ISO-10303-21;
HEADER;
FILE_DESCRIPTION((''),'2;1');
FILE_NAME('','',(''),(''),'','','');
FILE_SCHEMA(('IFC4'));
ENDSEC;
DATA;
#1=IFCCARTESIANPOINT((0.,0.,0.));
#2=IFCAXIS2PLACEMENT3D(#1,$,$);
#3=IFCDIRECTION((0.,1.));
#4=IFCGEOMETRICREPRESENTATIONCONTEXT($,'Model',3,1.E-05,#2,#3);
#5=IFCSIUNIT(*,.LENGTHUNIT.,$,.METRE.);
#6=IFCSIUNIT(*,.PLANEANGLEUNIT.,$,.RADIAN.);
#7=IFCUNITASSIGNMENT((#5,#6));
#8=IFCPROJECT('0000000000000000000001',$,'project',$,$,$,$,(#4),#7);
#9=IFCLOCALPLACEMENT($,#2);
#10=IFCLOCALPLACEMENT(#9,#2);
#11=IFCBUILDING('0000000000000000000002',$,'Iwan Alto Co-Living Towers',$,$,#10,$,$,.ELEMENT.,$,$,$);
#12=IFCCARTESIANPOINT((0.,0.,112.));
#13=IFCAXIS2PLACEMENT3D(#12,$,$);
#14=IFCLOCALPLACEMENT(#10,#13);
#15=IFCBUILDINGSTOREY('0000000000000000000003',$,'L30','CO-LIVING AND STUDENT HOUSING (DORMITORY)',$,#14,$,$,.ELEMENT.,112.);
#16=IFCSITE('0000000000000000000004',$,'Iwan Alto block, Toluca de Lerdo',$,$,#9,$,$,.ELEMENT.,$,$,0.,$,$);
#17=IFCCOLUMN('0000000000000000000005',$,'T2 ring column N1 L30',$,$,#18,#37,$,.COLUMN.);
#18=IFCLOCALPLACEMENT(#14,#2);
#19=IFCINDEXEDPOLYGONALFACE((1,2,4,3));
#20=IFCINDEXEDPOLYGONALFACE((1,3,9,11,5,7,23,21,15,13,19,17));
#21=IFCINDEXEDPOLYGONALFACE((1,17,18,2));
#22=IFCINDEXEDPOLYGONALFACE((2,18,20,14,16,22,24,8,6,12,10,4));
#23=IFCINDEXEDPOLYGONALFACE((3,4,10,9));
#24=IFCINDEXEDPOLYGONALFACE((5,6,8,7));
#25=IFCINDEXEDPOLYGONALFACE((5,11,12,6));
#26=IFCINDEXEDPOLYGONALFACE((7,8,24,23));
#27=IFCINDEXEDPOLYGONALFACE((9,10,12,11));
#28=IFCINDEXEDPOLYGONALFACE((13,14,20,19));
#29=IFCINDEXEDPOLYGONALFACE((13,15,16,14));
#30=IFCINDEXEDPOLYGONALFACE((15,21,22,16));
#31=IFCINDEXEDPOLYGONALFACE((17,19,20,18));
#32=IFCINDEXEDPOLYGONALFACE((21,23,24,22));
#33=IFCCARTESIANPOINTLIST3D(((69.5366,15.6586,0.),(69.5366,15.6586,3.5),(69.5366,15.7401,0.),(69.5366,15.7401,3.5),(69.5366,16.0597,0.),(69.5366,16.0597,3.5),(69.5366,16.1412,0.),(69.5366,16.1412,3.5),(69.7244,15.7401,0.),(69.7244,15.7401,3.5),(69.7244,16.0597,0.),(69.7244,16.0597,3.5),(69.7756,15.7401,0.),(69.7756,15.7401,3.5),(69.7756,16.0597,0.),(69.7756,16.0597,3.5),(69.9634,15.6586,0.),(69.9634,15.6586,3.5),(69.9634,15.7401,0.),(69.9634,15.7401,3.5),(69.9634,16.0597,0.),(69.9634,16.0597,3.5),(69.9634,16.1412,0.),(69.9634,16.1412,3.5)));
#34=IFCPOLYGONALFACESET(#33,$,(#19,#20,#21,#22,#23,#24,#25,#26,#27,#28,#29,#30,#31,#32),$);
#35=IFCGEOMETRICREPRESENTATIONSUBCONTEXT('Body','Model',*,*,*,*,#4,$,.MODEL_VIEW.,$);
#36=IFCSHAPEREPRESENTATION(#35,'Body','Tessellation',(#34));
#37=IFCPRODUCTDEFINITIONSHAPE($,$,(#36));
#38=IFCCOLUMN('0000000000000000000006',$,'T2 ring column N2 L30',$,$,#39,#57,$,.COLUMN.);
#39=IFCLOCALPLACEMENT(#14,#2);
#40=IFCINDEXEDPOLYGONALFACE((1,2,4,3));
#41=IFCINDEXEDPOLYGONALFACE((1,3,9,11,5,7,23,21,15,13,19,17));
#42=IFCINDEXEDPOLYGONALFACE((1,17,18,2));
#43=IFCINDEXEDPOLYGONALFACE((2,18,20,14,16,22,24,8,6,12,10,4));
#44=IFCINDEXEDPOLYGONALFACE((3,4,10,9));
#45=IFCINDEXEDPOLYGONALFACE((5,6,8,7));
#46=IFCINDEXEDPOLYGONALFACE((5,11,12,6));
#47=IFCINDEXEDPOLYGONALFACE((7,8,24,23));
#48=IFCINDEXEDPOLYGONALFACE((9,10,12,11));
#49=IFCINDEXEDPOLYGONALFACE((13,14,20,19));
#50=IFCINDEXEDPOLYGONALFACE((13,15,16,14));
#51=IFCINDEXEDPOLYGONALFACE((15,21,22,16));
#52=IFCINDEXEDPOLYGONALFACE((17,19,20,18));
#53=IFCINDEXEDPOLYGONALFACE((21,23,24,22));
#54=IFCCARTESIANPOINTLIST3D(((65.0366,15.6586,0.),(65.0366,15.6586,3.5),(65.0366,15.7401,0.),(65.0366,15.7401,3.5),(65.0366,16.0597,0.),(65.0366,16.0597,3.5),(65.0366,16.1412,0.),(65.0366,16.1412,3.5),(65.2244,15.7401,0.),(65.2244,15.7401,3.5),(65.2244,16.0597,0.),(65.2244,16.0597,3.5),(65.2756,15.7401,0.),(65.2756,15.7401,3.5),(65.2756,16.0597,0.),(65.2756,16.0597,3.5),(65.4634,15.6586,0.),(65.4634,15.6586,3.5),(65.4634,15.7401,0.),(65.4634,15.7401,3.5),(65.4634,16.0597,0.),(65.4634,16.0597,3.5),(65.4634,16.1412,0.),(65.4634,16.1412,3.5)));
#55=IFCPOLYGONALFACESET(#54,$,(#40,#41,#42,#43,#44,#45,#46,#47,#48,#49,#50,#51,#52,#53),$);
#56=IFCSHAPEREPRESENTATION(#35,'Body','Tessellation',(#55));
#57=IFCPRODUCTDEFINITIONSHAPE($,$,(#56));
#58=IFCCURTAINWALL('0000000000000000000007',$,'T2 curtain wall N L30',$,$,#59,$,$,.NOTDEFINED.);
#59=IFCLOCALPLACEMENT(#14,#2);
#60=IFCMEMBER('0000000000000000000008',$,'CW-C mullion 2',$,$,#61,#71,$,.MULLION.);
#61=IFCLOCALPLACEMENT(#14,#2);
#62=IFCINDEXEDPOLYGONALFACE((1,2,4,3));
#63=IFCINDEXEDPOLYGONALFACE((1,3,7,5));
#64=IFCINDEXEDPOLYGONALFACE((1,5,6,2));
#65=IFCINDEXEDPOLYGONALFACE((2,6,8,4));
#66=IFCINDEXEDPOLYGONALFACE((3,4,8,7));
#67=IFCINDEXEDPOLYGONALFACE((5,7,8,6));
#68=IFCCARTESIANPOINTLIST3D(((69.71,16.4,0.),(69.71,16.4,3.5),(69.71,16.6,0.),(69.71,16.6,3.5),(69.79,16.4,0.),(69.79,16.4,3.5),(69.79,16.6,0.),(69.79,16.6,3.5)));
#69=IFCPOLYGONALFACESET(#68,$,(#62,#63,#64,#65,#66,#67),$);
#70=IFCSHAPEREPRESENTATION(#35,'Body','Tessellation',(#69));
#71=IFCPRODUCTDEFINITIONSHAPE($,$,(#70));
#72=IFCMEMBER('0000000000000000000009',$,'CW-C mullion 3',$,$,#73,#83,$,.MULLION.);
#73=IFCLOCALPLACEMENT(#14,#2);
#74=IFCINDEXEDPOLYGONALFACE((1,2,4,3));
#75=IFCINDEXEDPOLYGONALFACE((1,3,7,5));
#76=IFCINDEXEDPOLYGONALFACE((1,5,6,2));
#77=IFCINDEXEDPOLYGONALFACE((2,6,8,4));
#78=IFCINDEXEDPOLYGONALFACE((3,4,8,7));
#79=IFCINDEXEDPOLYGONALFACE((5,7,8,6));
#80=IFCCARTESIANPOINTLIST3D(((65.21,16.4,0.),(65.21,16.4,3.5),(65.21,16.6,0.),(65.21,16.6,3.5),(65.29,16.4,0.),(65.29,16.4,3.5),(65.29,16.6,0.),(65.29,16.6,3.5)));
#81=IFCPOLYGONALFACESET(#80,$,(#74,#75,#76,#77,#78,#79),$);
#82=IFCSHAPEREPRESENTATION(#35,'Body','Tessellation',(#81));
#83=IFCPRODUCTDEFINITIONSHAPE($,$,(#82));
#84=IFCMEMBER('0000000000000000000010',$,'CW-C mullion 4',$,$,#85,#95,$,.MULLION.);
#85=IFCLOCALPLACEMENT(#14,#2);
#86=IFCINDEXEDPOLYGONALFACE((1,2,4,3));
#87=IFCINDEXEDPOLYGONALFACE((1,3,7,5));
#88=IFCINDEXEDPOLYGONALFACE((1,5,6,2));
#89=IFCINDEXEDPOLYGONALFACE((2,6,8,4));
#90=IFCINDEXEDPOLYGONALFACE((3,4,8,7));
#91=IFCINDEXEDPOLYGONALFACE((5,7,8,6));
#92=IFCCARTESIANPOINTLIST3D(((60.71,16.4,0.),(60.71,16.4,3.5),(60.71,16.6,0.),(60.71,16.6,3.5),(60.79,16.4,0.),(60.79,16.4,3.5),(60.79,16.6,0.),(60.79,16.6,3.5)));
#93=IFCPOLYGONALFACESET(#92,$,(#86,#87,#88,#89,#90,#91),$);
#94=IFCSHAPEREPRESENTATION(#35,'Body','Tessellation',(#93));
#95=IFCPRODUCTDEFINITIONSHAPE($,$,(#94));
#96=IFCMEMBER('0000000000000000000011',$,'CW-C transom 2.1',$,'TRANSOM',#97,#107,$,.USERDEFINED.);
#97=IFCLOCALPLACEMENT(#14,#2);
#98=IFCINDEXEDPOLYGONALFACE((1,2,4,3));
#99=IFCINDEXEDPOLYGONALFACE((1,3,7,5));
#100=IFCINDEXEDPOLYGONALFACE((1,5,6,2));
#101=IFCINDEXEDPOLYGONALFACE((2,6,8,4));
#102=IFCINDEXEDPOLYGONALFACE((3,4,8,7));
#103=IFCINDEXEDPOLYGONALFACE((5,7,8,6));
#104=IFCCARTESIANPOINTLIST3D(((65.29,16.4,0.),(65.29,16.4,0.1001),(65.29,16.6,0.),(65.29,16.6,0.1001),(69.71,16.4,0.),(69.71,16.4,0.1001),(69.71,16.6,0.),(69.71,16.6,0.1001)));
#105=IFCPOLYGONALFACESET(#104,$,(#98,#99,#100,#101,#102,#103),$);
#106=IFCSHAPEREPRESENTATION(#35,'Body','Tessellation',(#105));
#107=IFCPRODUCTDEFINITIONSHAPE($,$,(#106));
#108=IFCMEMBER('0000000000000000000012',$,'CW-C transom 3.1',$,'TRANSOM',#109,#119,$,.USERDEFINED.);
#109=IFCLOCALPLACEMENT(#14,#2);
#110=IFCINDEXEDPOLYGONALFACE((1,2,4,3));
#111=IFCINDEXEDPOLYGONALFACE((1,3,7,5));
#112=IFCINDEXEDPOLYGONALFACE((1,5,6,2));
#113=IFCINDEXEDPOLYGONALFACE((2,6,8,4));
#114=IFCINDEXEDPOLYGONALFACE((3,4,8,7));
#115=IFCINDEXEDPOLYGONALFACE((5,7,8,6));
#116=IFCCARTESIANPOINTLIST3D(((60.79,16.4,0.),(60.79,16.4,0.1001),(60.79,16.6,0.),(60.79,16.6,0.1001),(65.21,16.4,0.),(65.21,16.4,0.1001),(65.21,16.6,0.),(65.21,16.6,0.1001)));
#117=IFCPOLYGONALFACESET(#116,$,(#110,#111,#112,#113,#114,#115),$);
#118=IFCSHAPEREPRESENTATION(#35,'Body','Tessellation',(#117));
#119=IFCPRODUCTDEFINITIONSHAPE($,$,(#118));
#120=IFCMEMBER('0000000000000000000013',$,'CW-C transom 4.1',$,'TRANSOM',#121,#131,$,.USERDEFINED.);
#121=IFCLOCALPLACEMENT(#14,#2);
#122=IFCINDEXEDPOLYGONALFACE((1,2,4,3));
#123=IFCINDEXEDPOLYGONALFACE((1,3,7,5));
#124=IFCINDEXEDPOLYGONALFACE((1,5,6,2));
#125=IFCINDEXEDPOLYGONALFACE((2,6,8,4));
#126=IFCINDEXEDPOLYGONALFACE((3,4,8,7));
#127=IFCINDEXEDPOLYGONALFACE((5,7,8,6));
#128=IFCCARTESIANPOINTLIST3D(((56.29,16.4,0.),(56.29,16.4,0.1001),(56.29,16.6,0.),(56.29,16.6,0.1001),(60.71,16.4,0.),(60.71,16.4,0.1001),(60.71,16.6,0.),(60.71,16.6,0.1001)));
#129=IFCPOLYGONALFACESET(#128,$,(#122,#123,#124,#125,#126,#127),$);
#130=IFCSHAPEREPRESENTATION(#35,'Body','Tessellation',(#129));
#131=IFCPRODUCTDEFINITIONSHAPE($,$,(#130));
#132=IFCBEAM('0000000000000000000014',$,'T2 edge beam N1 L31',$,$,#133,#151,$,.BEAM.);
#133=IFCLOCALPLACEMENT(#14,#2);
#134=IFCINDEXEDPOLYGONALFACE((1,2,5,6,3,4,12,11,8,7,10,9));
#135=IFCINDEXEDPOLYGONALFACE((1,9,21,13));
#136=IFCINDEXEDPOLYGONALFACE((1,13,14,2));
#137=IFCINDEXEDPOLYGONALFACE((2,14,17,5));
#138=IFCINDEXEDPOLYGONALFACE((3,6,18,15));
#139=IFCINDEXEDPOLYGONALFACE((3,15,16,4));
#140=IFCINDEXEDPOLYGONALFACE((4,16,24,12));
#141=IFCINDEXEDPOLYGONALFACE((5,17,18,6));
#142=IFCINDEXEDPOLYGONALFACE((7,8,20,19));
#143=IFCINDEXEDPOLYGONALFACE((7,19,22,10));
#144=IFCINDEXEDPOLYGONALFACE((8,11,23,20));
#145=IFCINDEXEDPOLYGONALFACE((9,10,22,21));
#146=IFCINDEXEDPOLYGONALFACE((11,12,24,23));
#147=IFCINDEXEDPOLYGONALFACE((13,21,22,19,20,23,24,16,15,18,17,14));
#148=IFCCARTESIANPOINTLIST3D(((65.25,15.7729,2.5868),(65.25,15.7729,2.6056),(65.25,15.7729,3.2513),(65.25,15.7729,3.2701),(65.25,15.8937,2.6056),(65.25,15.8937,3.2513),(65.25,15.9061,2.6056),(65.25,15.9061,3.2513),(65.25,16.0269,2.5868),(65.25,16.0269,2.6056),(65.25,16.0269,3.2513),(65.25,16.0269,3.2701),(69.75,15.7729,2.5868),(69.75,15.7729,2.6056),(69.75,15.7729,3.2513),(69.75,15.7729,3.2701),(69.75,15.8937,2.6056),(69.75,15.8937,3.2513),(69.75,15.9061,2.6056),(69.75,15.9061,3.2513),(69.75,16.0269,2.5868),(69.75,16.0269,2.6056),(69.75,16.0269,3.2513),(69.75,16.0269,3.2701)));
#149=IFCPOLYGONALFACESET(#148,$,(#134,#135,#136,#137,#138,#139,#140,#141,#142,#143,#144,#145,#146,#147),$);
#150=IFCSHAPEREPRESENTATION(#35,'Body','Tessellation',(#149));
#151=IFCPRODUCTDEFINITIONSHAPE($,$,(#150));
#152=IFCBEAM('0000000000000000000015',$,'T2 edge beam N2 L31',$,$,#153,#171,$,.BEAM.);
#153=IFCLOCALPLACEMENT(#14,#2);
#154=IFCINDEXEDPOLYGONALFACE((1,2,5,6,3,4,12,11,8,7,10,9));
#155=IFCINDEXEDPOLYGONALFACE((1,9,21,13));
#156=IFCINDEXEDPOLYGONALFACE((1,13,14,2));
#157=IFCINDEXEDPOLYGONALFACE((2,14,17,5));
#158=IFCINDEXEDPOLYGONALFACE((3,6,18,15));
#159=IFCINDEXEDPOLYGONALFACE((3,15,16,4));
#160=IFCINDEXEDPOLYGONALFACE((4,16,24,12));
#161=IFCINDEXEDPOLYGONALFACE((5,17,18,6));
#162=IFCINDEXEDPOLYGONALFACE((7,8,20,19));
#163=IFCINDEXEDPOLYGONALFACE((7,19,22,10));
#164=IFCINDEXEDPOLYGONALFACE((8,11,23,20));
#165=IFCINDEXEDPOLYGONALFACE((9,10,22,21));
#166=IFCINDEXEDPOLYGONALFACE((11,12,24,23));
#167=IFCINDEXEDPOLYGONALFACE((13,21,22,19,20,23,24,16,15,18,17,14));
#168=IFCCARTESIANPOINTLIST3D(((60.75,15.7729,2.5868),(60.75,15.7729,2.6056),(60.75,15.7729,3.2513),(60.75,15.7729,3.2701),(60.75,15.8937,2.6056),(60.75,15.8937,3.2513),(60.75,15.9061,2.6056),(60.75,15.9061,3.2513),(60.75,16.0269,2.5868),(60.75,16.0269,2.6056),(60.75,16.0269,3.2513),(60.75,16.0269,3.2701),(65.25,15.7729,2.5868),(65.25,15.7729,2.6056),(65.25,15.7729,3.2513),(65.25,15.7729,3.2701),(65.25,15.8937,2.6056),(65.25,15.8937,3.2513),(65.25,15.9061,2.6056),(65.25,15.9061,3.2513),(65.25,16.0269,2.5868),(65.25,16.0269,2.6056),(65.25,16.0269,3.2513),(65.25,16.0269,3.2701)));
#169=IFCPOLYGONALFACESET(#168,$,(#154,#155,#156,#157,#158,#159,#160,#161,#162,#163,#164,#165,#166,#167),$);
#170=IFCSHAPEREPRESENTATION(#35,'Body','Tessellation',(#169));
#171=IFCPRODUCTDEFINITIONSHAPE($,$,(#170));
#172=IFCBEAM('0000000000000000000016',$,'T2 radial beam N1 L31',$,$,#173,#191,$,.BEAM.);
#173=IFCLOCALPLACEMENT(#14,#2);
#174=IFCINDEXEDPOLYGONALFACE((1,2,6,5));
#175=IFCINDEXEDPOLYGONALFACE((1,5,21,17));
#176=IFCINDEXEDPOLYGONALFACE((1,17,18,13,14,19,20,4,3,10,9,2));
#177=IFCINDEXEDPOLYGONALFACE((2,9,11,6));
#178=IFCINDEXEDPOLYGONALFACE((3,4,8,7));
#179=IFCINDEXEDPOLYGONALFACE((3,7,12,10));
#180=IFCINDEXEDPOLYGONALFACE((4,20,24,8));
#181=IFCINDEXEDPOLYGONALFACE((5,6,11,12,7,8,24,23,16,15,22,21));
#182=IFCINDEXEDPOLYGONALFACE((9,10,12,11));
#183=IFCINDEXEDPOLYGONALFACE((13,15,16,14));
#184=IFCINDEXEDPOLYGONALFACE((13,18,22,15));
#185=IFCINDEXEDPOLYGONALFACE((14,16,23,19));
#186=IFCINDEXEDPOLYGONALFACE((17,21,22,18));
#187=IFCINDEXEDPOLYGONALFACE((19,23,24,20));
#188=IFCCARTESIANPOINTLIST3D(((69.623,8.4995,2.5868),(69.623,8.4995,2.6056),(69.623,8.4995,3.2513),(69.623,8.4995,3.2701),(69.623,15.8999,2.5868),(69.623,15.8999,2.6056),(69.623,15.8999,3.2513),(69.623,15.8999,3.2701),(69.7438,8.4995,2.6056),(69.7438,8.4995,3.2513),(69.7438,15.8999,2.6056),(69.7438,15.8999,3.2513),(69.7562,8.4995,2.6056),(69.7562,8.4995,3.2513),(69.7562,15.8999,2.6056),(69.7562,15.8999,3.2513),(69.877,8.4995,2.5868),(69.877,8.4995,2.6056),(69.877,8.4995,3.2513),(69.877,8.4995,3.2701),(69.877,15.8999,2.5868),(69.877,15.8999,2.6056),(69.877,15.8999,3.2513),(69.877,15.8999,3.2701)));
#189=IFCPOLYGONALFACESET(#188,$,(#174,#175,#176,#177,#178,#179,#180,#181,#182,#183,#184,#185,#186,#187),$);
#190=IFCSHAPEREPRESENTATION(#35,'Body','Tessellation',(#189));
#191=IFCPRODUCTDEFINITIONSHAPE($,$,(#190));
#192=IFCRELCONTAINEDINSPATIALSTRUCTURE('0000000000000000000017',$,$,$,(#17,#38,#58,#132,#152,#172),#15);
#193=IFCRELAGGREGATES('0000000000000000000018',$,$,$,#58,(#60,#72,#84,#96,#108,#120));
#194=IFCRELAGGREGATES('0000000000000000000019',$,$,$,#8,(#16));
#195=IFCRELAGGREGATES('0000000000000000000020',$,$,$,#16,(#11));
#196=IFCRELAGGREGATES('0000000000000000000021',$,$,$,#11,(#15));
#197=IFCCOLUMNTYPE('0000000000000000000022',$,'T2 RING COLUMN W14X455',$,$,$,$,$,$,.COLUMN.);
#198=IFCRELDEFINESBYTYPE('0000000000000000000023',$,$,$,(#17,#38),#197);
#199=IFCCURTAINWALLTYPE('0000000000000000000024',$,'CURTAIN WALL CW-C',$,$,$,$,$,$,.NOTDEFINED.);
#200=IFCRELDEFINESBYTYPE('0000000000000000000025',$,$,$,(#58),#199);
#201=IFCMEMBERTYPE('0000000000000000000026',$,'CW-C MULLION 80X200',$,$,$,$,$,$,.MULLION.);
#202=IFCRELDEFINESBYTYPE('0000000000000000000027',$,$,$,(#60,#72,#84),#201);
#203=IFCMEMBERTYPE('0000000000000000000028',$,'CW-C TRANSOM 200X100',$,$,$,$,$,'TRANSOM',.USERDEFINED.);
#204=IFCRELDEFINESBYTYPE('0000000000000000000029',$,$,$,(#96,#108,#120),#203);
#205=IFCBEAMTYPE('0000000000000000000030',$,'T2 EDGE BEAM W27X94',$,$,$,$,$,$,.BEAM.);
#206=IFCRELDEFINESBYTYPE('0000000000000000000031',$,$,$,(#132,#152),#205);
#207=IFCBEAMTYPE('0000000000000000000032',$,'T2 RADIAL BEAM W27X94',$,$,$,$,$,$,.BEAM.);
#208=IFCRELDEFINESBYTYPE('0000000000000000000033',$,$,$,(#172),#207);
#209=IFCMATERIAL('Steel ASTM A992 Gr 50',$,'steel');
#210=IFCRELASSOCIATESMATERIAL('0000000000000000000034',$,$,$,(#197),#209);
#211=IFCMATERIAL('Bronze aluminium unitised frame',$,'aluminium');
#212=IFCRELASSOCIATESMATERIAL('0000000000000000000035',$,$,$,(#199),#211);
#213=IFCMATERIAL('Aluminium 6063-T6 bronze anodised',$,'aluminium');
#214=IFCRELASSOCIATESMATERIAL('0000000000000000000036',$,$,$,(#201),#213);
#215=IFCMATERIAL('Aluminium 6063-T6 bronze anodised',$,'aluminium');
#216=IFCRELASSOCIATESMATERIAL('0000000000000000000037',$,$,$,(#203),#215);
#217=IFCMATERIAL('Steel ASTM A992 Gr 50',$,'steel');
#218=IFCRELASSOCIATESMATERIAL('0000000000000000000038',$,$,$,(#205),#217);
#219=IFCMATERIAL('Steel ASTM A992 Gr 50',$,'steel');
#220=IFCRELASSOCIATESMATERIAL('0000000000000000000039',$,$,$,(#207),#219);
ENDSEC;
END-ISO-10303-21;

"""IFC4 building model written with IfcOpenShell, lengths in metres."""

from ifc_helpers import new_model, si_unit, direction, frame, origin, origin_2d, place, context, subcontext, project, spatial, rectangle, i_section, extrude, material, material_profile, profile_set, type_object, element, aggregate, save


model = new_model("IFC4")

# Units and contexts
model_context = context("Model", 3, precision=1e-05, world=origin(), true_north=direction((0.0, 1.0)))
body_context = subcontext(model_context, "Body", "Model", "MODEL_VIEW")
ifc_project = project(units=[si_unit("LENGTHUNIT", "METRE"), si_unit("PLANEANGLEUNIT", "RADIAN")], contexts=[model_context])

# Site, building, storey
site_placement = place(None, origin())
site = spatial("IfcSite", under=ifc_project, at=site_placement, Name="Iwan Alto block, Toluca de Lerdo", CompositionType="ELEMENT", RefElevation=0.0)
building_placement = place(site_placement, origin())
building = spatial("IfcBuilding", under=site, at=building_placement, Name="Iwan Alto Co-Living Towers", CompositionType="ELEMENT")
storey_placement = place(building_placement, frame((0.0, 0.0, 112.0)))
storey = spatial("IfcBuildingStorey", under=building, at=storey_placement, Name="L30", Description="CO-LIVING AND STUDENT HOUSING (DORMITORY)", CompositionType="ELEMENT", Elevation=112.0)

# Columns
ifc_material_1 = material(Name="Steel ASTM A992 Gr 50", Category="steel")
ifc_material_profile_1 = material_profile(ifc_material_1, i_section(OverallWidth=0.4268, OverallDepth=0.4827, WebThickness=0.0513, FlangeThickness=0.0815, at=origin_2d()), Name="W14X455")
ifc_profile_set_1 = profile_set([ifc_material_profile_1], Name="Steel ASTM A992 Gr 50")
column_type = type_object("IfcColumnType", Name="T2 RING COLUMN W14X455", PredefinedType="COLUMN", material=ifc_profile_set_1)
for number, where, z_axis, x_axis, name in (
    (1, (69.75, 15.8999, 0.0), (0.0, 0.0, 1.0), (1.0, 0.0, 0.0), "T2 ring column N1 L30"),
    (2, (65.25, 15.8999, 0.0), (0.0, 0.0, 1.0), (1.0, 0.0, 0.0), "T2 ring column N2 L30"),
):
    element("IfcColumn", number, at=place(storey_placement, frame(where, z_axis=z_axis, x_axis=x_axis)), inside=storey, type_object=column_type, Name=name, PredefinedType="COLUMN", context=body_context, shape_type="SweptSolid", body=[
        extrude(i_section(OverallWidth=0.4268, OverallDepth=0.4827, WebThickness=0.0513, FlangeThickness=0.0815, at=origin_2d()), origin(), (0.0, 0.0, 1.0), 3.5),
    ])

# Curtain wall, members
ifc_material_2 = material(Name="Bronze aluminium unitised frame", Category="aluminium")
curtain_wall_type = type_object("IfcCurtainWallType", Name="CURTAIN WALL CW-C", PredefinedType="NOTDEFINED", material=ifc_material_2)
curtain_wall_placement = place(storey_placement, origin())
curtain_wall = element("IfcCurtainWall", 3, at=curtain_wall_placement, inside=storey, type_object=curtain_wall_type, Name="T2 curtain wall N L30", PredefinedType="NOTDEFINED")
ifc_material_3 = material(Name="Aluminium 6063-T6 bronze anodised", Category="aluminium")
ifc_material_profile_2 = material_profile(ifc_material_3, rectangle(XDim=0.2, YDim=0.0801, at=origin_2d()), Name="AL 80X200")
ifc_profile_set_2 = profile_set([ifc_material_profile_2], Name="Aluminium 6063-T6 bronze anodised")
member_type_1 = type_object("IfcMemberType", Name="CW-C MULLION 80X200", PredefinedType="MULLION", material=ifc_profile_set_2)
member_1_placement = place(storey_placement, frame((69.75, 16.5, 0.0), z_axis=(0.0, 0.0, 1.0), x_axis=(0.0, -1.0, 0.0)))
member_1 = element("IfcMember", 4, at=member_1_placement, type_object=member_type_1, Name="CW-C mullion 2", PredefinedType="MULLION", context=body_context, shape_type="SweptSolid", body=[
    extrude(rectangle(XDim=0.2, YDim=0.0801, at=origin_2d()), origin(), (0.0, 0.0, 1.0), 3.5),
])
member_2_placement = place(storey_placement, frame((65.25, 16.5, 0.0), z_axis=(0.0, 0.0, 1.0), x_axis=(0.0, -1.0, 0.0)))
member_2 = element("IfcMember", 5, at=member_2_placement, type_object=member_type_1, Name="CW-C mullion 3", PredefinedType="MULLION", context=body_context, shape_type="SweptSolid", body=[
    extrude(rectangle(XDim=0.2, YDim=0.0801, at=origin_2d()), origin(), (0.0, 0.0, 1.0), 3.5),
])
member_3_placement = place(storey_placement, frame((60.75, 16.5, 0.0), z_axis=(0.0, 0.0, 1.0), x_axis=(0.0, -1.0, 0.0)))
member_3 = element("IfcMember", 6, at=member_3_placement, type_object=member_type_1, Name="CW-C mullion 4", PredefinedType="MULLION", context=body_context, shape_type="SweptSolid", body=[
    extrude(rectangle(XDim=0.2, YDim=0.0801, at=origin_2d()), origin(), (0.0, 0.0, 1.0), 3.5),
])
ifc_material_4 = material(Name="Aluminium 6063-T6 bronze anodised", Category="aluminium")
ifc_material_profile_3 = material_profile(ifc_material_4, rectangle(XDim=0.2, YDim=0.1001, at=origin_2d()), Name="AL 200X100")
ifc_profile_set_3 = profile_set([ifc_material_profile_3], Name="Aluminium 6063-T6 bronze anodised")
member_type_2 = type_object("IfcMemberType", Name="CW-C TRANSOM 200X100", ElementType="TRANSOM", PredefinedType="USERDEFINED", material=ifc_profile_set_3)
member_4_placement = place(storey_placement, frame((69.71, 16.5, 0.05), z_axis=(-1.0, 0.0, 0.0), x_axis=(0.0, -1.0, 0.0)))
member_4 = element("IfcMember", 7, at=member_4_placement, type_object=member_type_2, Name="CW-C transom 2.1", ObjectType="TRANSOM", PredefinedType="USERDEFINED", context=body_context, shape_type="SweptSolid", body=[
    extrude(rectangle(XDim=0.2, YDim=0.1001, at=origin_2d()), origin(), (0.0, 0.0, 1.0), 4.4199),
])
member_5_placement = place(storey_placement, frame((65.21, 16.5, 0.05), z_axis=(-1.0, 0.0, 0.0), x_axis=(0.0, -1.0, 0.0)))
member_5 = element("IfcMember", 8, at=member_5_placement, type_object=member_type_2, Name="CW-C transom 3.1", ObjectType="TRANSOM", PredefinedType="USERDEFINED", context=body_context, shape_type="SweptSolid", body=[
    extrude(rectangle(XDim=0.2, YDim=0.1001, at=origin_2d()), origin(), (0.0, 0.0, 1.0), 4.4199),
])
member_6_placement = place(storey_placement, frame((60.71, 16.5, 0.05), z_axis=(-1.0, 0.0, 0.0), x_axis=(0.0, -1.0, 0.0)))
member_6 = element("IfcMember", 9, at=member_6_placement, type_object=member_type_2, Name="CW-C transom 4.1", ObjectType="TRANSOM", PredefinedType="USERDEFINED", context=body_context, shape_type="SweptSolid", body=[
    extrude(rectangle(XDim=0.2, YDim=0.1001, at=origin_2d()), origin(), (0.0, 0.0, 1.0), 4.4199),
])

# Beams
ifc_material_5 = material(Name="Steel ASTM A992 Gr 50", Category="steel")
ifc_material_profile_4 = material_profile(ifc_material_5, i_section(OverallWidth=0.2539, OverallDepth=0.6833, WebThickness=0.0125, FlangeThickness=0.0188, at=origin_2d()), Name="W27X94")
ifc_profile_set_4 = profile_set([ifc_material_profile_4], Name="Steel ASTM A992 Gr 50")
beam_type_1 = type_object("IfcBeamType", Name="T2 EDGE BEAM W27X94", PredefinedType="BEAM", material=ifc_profile_set_4)
for number, where, z_axis, x_axis, name in (
    (10, (69.75, 15.8999, 2.9285), (-1.0, 0.0, 0.0), (0.0, -1.0, 0.0), "T2 edge beam N1 L31"),
    (11, (65.25, 15.8999, 2.9285), (-1.0, 0.0, 0.0), (0.0, -1.0, 0.0), "T2 edge beam N2 L31"),
):
    element("IfcBeam", number, at=place(storey_placement, frame(where, z_axis=z_axis, x_axis=x_axis)), inside=storey, type_object=beam_type_1, Name=name, PredefinedType="BEAM", context=body_context, shape_type="SweptSolid", body=[
        extrude(i_section(OverallWidth=0.2539, OverallDepth=0.6833, WebThickness=0.0125, FlangeThickness=0.0188, at=origin_2d()), origin(), (0.0, 0.0, 1.0), 4.5),
    ])
ifc_material_6 = material(Name="Steel ASTM A992 Gr 50", Category="steel")
ifc_material_profile_5 = material_profile(ifc_material_6, i_section(OverallWidth=0.2539, OverallDepth=0.6833, WebThickness=0.0125, FlangeThickness=0.0188, at=origin_2d()), Name="W27X94")
ifc_profile_set_5 = profile_set([ifc_material_profile_5], Name="Steel ASTM A992 Gr 50")
beam_type_2 = type_object("IfcBeamType", Name="T2 RADIAL BEAM W27X94", PredefinedType="BEAM", material=ifc_profile_set_5)
for number, where, z_axis, x_axis, name in (
    (12, (69.75, 15.8999, 2.9285), (0.0, -1.0, 0.0), (1.0, 0.0, 0.0), "T2 radial beam N1 L31"),
):
    element("IfcBeam", number, at=place(storey_placement, frame(where, z_axis=z_axis, x_axis=x_axis)), inside=storey, type_object=beam_type_2, Name=name, PredefinedType="BEAM", context=body_context, shape_type="SweptSolid", body=[
        extrude(i_section(OverallWidth=0.2539, OverallDepth=0.6833, WebThickness=0.0125, FlangeThickness=0.0188, at=origin_2d()), origin(), (0.0, 0.0, 1.0), 7.4004),
    ])

aggregate(curtain_wall, [member_1, member_2, member_3, member_4, member_5, member_6])

save(model, "model.ifc")
